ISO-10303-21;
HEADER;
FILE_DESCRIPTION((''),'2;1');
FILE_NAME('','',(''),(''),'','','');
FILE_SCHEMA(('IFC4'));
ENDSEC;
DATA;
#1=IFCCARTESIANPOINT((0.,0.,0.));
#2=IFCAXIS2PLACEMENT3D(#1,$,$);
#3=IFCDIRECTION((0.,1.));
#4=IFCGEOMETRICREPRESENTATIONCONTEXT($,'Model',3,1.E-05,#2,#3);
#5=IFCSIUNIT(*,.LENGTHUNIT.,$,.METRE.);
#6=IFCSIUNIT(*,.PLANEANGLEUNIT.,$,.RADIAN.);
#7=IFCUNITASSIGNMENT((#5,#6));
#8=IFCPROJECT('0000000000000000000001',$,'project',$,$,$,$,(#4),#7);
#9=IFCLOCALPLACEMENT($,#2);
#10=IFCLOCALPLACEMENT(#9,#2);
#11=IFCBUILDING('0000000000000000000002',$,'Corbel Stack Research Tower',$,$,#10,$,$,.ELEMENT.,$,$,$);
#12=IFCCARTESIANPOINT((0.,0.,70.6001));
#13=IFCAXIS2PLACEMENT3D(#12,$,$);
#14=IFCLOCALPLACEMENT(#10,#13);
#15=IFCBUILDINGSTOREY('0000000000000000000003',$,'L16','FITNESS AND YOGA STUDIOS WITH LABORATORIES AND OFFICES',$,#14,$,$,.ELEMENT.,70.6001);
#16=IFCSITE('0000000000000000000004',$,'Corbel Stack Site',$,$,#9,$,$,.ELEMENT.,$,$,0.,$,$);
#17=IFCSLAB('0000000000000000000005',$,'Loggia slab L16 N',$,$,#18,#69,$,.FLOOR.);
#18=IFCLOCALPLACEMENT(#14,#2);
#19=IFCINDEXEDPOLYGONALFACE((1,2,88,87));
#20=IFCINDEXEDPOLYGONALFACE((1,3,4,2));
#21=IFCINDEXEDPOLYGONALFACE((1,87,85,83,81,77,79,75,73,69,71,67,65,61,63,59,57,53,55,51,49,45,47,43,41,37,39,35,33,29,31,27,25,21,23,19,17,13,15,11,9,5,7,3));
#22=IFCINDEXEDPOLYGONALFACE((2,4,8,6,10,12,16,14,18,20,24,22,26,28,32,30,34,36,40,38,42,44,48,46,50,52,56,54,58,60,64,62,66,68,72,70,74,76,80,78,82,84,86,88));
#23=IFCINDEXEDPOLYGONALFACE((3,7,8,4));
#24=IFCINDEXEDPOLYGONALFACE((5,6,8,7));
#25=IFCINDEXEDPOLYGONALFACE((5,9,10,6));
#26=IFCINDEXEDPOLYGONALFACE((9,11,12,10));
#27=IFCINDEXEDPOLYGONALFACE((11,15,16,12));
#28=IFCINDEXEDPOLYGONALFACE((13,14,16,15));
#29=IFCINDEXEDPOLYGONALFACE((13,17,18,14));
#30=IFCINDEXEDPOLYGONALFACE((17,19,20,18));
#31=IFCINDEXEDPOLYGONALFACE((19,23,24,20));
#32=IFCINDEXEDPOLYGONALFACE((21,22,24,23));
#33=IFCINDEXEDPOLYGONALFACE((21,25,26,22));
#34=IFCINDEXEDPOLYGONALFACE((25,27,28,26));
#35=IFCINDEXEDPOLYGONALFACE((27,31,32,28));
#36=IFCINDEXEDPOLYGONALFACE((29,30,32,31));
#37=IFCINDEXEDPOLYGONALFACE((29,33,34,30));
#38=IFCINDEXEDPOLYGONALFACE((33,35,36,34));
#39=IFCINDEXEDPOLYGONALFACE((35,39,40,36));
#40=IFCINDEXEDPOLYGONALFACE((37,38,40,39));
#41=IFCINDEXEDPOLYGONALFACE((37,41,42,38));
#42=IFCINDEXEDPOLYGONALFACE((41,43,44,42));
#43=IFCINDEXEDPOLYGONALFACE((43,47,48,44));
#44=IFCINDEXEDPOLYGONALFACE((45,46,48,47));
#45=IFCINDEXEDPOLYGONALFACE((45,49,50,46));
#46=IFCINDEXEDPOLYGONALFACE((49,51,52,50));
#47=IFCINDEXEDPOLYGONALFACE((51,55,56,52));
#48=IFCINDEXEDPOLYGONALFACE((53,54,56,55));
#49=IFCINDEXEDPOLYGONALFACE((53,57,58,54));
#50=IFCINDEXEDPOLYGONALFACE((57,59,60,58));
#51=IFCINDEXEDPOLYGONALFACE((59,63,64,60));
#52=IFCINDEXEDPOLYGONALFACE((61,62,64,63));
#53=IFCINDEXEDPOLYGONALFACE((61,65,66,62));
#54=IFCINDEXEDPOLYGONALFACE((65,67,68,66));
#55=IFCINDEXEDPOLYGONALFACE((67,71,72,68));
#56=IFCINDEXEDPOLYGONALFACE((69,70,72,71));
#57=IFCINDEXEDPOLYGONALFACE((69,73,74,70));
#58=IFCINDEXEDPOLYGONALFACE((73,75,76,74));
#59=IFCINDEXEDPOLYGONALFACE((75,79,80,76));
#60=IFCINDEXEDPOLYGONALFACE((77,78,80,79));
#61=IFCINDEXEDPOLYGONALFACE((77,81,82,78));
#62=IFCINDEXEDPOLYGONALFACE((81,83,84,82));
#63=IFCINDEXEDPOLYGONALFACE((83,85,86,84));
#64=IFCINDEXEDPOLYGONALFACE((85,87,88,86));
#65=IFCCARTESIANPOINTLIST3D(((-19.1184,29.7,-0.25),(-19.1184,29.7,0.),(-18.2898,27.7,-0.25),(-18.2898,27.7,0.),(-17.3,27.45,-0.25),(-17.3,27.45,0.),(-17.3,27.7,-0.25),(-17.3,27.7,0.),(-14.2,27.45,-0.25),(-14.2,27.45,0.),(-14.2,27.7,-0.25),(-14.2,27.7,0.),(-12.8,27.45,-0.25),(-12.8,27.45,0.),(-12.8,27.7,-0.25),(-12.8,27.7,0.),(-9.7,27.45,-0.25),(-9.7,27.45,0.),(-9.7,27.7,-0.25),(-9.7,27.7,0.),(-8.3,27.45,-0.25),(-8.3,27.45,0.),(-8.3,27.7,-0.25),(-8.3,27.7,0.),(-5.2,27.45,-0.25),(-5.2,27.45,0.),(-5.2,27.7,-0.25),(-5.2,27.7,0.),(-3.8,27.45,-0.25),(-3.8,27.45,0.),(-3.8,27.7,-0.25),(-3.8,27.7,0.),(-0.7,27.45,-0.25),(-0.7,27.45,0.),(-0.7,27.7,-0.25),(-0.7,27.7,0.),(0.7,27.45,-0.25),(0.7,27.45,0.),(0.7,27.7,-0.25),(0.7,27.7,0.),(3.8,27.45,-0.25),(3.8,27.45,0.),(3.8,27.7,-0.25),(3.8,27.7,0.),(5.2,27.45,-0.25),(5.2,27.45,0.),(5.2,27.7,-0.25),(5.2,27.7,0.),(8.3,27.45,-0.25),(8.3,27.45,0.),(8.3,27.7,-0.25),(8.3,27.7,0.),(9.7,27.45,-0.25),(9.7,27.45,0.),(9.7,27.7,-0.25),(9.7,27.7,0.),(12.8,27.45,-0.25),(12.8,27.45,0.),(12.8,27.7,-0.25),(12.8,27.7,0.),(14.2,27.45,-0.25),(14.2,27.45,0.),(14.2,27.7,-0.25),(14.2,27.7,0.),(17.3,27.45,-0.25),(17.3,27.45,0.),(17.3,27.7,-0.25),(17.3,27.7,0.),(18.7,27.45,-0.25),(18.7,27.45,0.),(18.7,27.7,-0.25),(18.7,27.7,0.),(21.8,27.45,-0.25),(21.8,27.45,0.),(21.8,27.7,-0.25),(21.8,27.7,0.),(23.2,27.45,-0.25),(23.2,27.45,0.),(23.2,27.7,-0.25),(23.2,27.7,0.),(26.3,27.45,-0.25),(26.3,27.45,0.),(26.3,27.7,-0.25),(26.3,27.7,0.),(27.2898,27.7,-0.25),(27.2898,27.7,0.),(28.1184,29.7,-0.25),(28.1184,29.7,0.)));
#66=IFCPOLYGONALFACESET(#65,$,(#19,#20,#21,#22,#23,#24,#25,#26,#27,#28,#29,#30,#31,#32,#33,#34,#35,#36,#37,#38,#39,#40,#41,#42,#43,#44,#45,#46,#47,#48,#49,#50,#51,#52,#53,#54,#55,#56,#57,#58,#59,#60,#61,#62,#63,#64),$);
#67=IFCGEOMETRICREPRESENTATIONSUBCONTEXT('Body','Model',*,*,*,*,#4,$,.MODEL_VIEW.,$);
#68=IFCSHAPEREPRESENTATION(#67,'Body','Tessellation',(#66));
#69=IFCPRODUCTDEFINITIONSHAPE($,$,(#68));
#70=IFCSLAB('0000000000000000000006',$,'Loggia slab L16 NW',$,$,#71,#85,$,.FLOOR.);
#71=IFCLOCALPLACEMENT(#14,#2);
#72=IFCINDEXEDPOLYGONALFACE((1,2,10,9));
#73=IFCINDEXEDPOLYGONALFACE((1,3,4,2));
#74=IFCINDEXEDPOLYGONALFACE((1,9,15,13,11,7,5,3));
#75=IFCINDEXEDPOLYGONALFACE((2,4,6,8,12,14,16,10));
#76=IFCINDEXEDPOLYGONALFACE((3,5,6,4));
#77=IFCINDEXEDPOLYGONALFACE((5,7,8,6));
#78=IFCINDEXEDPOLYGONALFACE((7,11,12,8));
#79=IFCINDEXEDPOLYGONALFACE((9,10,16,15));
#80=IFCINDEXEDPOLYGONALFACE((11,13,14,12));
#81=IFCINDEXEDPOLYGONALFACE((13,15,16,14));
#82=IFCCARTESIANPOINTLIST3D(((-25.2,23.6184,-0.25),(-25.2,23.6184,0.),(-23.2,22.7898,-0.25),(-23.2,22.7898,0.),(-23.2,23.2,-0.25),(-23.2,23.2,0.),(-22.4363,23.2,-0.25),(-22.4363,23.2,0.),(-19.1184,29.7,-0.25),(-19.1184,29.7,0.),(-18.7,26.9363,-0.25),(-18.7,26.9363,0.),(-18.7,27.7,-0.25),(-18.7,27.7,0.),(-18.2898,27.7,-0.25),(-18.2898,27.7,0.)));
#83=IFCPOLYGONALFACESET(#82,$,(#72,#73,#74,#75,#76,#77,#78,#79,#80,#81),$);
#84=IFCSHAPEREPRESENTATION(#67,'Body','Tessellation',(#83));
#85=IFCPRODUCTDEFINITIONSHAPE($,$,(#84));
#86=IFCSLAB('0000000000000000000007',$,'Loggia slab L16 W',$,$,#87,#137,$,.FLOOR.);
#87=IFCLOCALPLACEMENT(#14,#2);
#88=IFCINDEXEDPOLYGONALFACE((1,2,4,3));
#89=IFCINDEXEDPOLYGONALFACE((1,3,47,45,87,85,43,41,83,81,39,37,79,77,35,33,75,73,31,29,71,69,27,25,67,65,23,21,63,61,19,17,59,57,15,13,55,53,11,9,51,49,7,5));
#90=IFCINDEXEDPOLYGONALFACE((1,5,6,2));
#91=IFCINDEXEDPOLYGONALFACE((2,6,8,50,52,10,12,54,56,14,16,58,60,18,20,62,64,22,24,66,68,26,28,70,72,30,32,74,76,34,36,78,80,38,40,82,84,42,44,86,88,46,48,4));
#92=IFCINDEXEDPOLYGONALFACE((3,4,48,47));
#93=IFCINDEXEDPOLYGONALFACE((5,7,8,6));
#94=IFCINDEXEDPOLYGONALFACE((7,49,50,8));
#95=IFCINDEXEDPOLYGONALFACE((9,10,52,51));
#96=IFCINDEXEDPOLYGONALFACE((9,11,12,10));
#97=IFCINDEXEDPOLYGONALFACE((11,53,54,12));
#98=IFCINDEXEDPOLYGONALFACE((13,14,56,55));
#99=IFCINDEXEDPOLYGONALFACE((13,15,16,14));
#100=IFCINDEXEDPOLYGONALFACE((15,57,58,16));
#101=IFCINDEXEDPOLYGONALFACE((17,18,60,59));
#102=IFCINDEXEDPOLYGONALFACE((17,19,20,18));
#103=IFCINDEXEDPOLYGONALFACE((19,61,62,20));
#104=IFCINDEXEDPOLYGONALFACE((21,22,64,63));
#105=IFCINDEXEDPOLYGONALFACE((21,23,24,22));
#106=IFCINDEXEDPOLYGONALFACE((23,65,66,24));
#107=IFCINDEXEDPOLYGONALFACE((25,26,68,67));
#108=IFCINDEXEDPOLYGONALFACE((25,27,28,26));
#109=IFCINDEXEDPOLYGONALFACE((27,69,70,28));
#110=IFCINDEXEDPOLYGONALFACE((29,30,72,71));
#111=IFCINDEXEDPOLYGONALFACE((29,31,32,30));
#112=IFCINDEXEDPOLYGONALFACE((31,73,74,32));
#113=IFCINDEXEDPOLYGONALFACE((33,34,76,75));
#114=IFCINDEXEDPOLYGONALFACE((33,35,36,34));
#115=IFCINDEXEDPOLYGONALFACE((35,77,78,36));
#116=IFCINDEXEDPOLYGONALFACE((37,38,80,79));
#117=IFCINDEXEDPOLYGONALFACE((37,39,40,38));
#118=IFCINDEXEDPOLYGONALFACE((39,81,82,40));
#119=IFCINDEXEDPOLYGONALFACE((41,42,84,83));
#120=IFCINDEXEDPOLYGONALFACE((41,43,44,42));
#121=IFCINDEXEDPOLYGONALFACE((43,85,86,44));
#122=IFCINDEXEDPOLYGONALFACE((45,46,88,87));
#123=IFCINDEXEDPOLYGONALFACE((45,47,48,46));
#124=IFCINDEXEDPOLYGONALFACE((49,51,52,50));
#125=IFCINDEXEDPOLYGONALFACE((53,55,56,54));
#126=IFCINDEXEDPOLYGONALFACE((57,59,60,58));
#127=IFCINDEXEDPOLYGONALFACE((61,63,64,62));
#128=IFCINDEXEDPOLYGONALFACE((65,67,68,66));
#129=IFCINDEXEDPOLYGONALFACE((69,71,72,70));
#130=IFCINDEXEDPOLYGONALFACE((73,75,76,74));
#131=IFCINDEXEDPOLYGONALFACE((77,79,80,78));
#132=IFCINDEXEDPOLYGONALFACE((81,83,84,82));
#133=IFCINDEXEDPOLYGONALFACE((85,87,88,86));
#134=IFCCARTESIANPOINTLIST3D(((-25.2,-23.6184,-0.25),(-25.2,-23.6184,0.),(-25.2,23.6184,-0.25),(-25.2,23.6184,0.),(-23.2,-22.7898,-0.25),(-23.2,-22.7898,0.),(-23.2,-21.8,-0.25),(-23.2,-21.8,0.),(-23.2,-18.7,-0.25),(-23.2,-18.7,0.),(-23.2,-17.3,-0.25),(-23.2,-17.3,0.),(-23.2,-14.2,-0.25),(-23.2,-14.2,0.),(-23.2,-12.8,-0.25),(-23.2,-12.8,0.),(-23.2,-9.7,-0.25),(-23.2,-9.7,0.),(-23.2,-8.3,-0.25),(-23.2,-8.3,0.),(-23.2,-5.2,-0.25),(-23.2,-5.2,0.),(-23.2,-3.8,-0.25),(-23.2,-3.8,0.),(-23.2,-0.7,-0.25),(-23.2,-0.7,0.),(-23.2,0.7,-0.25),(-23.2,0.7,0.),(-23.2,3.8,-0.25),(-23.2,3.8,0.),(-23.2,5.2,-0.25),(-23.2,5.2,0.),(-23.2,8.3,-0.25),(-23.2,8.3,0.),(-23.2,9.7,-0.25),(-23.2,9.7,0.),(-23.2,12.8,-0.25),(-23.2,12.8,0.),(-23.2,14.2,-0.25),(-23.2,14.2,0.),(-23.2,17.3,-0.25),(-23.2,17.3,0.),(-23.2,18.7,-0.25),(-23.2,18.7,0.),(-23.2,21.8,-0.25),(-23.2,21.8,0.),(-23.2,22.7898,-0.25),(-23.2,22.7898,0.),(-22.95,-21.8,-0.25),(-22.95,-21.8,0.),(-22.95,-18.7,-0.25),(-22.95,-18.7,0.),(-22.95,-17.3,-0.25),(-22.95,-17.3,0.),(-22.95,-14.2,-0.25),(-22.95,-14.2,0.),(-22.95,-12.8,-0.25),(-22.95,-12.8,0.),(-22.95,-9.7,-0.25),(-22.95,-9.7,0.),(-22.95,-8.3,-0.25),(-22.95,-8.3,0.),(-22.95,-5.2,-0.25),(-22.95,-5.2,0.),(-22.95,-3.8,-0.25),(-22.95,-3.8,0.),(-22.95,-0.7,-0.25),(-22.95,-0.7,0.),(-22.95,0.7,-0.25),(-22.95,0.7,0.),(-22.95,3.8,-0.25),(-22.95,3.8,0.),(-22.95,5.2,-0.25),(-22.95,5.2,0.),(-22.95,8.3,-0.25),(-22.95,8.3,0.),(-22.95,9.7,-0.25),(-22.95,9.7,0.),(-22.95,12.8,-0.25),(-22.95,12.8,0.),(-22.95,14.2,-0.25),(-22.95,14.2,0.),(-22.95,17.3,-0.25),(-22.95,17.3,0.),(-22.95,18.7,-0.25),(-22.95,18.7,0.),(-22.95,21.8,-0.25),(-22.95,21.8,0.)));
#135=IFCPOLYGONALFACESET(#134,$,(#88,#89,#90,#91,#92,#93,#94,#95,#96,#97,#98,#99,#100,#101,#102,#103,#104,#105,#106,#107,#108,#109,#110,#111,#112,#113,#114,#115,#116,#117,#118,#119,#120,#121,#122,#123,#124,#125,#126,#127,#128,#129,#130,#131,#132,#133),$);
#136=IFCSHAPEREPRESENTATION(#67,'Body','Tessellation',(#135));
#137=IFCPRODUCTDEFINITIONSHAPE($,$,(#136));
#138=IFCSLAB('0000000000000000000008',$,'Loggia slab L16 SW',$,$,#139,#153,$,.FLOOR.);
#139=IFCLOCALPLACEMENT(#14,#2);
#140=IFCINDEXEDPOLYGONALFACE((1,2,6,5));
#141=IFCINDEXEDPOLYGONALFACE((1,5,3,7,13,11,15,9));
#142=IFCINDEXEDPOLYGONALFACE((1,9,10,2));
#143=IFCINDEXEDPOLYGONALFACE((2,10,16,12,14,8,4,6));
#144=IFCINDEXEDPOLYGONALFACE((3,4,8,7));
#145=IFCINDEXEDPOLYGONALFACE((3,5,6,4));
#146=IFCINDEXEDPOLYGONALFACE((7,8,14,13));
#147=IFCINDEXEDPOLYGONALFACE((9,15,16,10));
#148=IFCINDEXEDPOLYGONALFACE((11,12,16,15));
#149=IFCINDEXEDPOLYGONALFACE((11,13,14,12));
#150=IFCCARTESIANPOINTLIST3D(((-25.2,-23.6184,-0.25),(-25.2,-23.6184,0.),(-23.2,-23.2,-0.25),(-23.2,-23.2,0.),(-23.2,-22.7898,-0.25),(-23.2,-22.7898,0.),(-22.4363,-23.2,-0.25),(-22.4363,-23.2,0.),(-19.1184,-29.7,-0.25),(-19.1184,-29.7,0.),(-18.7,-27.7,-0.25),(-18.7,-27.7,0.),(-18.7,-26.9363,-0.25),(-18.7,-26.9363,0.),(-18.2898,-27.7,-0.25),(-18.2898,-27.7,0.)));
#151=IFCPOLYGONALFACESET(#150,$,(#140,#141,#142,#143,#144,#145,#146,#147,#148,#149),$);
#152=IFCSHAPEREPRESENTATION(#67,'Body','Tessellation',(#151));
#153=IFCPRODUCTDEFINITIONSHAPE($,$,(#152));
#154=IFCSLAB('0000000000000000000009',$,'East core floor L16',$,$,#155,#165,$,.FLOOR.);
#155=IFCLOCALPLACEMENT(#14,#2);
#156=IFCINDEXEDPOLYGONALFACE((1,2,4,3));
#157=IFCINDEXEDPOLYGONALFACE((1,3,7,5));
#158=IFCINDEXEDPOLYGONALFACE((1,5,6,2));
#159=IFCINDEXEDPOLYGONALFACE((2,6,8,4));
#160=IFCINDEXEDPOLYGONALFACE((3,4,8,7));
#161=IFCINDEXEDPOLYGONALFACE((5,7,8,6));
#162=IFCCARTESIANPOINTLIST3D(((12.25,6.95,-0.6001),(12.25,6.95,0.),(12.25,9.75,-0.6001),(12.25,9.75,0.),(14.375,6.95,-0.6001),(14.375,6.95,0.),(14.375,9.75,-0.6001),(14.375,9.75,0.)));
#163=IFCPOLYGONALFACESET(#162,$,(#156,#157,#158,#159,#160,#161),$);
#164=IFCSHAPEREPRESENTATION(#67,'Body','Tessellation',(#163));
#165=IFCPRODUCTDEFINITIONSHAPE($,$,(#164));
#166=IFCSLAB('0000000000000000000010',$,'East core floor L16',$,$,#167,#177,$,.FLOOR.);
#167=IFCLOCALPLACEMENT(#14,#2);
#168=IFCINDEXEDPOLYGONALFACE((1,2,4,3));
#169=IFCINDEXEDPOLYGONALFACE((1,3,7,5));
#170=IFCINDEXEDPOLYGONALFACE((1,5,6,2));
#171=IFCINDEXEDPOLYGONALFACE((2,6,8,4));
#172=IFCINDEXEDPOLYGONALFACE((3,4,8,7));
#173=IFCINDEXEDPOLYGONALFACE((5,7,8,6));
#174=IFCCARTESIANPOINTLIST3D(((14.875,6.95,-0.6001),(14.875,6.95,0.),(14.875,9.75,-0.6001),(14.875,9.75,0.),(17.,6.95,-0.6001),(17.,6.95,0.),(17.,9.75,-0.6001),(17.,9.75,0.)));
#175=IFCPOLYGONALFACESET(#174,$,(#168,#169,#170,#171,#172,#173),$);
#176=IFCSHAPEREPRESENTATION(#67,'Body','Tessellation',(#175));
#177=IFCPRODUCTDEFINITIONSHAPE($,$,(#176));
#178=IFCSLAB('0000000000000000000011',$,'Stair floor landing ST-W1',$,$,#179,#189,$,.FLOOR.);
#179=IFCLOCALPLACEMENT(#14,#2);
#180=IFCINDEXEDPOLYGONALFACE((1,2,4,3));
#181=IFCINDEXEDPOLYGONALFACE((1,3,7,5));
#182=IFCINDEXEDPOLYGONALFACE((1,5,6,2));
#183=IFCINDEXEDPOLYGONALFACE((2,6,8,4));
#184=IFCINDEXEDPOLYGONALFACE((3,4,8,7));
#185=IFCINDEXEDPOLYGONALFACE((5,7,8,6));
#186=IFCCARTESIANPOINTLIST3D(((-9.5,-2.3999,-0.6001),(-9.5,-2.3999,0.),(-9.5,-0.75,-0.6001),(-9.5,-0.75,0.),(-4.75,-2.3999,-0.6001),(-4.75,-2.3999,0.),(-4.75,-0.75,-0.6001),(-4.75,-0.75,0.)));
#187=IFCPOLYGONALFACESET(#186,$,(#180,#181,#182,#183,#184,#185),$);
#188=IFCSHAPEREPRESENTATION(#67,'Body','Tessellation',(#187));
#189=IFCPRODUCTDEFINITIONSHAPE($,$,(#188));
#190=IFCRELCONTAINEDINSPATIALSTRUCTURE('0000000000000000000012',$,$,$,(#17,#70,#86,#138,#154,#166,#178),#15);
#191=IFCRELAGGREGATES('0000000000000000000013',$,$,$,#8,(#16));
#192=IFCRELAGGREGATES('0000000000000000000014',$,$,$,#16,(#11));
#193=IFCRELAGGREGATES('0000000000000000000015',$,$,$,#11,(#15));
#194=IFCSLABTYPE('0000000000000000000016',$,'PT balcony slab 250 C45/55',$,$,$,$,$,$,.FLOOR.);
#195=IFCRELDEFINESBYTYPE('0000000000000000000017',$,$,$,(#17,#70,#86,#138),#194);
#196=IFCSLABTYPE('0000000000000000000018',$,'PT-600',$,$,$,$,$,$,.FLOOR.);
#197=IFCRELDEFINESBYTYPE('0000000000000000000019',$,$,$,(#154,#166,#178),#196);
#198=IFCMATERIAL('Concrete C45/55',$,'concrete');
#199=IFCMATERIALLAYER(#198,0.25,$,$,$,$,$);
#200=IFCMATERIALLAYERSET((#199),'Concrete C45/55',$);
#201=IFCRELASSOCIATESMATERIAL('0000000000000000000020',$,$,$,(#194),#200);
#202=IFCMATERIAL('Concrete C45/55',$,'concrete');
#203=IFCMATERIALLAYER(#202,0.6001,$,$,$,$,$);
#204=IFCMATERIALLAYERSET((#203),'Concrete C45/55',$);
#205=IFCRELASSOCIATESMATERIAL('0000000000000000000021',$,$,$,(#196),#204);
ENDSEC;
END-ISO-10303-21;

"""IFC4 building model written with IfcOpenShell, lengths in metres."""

from ifc_helpers import new_model, si_unit, direction, frame, origin, place, context, subcontext, project, spatial, polyline, outline, extrude, material, layer, layer_set, type_object, element, save


model = new_model("IFC4")

# Units and contexts
model_context = context("Model", 3, precision=1e-05, world=origin(), true_north=direction((0.0, 1.0)))
body_context = subcontext(model_context, "Body", "Model", "MODEL_VIEW")
ifc_project = project(units=[si_unit("LENGTHUNIT", "METRE"), si_unit("PLANEANGLEUNIT", "RADIAN")], contexts=[model_context])

# Site, building, storey
site_placement = place(None, origin())
site = spatial("IfcSite", under=ifc_project, at=site_placement, Name="Corbel Stack Site", CompositionType="ELEMENT", RefElevation=0.0)
building_placement = place(site_placement, origin())
building = spatial("IfcBuilding", under=site, at=building_placement, Name="Corbel Stack Research Tower", CompositionType="ELEMENT")
storey_placement = place(building_placement, frame((0.0, 0.0, 70.6001)))
storey = spatial("IfcBuildingStorey", under=building, at=storey_placement, Name="L16", Description="FITNESS AND YOGA STUDIOS WITH LABORATORIES AND OFFICES", CompositionType="ELEMENT", Elevation=70.6001)

# Slabs
ifc_material_1 = material(Name="Concrete C45/55", Category="concrete")
ifc_layer_1 = layer(ifc_material_1, 0.25)
ifc_layer_set_1 = layer_set([ifc_layer_1], Name="Concrete C45/55")
slab_type_1 = type_object("IfcSlabType", Name="PT balcony slab 250 C45/55", PredefinedType="FLOOR", material=ifc_layer_set_1)
slab_1_placement = place(storey_placement, frame((0.0, 0.0, -0.25)))
element("IfcSlab", 1, at=slab_1_placement, inside=storey, type_object=slab_type_1, Name="Loggia slab L16 N", PredefinedType="FLOOR", context=body_context, shape_type="SweptSolid", body=[
    extrude(outline(polyline([(-18.2898, 27.7), (-17.3, 27.7), (-17.3, 27.45), (-14.2, 27.45), (-14.2, 27.7), (-12.8, 27.7), (-12.8, 27.45), (-9.7, 27.45), (-9.7, 27.7), (-8.3, 27.7), (-8.3, 27.45), (-5.2, 27.45), (-5.2, 27.7), (-3.8, 27.7), (-3.8, 27.45), (-0.7, 27.45), (-0.7, 27.7), (0.7, 27.7), (0.7, 27.45), (3.8, 27.45), (3.8, 27.7), (5.2, 27.7), (5.2, 27.45), (8.3, 27.45), (8.3, 27.7), (9.7, 27.7), (9.7, 27.45), (12.8, 27.45), (12.8, 27.7), (14.2, 27.7), (14.2, 27.45), (17.3, 27.45), (17.3, 27.7), (18.7, 27.7), (18.7, 27.45), (21.8, 27.45), (21.8, 27.7), (23.2, 27.7), (23.2, 27.45), (26.3, 27.45), (26.3, 27.7), (27.2898, 27.7), (28.1184, 29.7), (-19.1184, 29.7), (-18.2898, 27.7)])), origin(), (0.0, 0.0, 1.0), 0.25),
])
slab_2_placement = place(storey_placement, frame((0.0, 0.0, -0.25)))
element("IfcSlab", 2, at=slab_2_placement, inside=storey, type_object=slab_type_1, Name="Loggia slab L16 NW", PredefinedType="FLOOR", context=body_context, shape_type="SweptSolid", body=[
    extrude(outline(polyline([(-23.2, 22.7898), (-23.2, 23.2), (-22.4363, 23.2), (-18.7, 26.9363), (-18.7, 27.7), (-18.2898, 27.7), (-19.1184, 29.7), (-25.2, 23.6184), (-23.2, 22.7898)])), origin(), (0.0, 0.0, 1.0), 0.25),
])
slab_3_placement = place(storey_placement, frame((0.0, 0.0, -0.25)))
element("IfcSlab", 3, at=slab_3_placement, inside=storey, type_object=slab_type_1, Name="Loggia slab L16 W", PredefinedType="FLOOR", context=body_context, shape_type="SweptSolid", body=[
    extrude(outline(polyline([(-23.2, -22.7898), (-23.2, -21.8), (-22.95, -21.8), (-22.95, -18.7), (-23.2, -18.7), (-23.2, -17.3), (-22.95, -17.3), (-22.95, -14.2), (-23.2, -14.2), (-23.2, -12.8), (-22.95, -12.8), (-22.95, -9.7), (-23.2, -9.7), (-23.2, -8.3), (-22.95, -8.3), (-22.95, -5.2), (-23.2, -5.2), (-23.2, -3.8), (-22.95, -3.8), (-22.95, -0.7), (-23.2, -0.7), (-23.2, 0.7), (-22.95, 0.7), (-22.95, 3.8), (-23.2, 3.8), (-23.2, 5.2), (-22.95, 5.2), (-22.95, 8.3), (-23.2, 8.3), (-23.2, 9.7), (-22.95, 9.7), (-22.95, 12.8), (-23.2, 12.8), (-23.2, 14.2), (-22.95, 14.2), (-22.95, 17.3), (-23.2, 17.3), (-23.2, 18.7), (-22.95, 18.7), (-22.95, 21.8), (-23.2, 21.8), (-23.2, 22.7898), (-25.2, 23.6184), (-25.2, -23.6184), (-23.2, -22.7898)])), origin(), (0.0, 0.0, 1.0), 0.25),
])
slab_4_placement = place(storey_placement, frame((0.0, 0.0, -0.25)))
element("IfcSlab", 4, at=slab_4_placement, inside=storey, type_object=slab_type_1, Name="Loggia slab L16 SW", PredefinedType="FLOOR", context=body_context, shape_type="SweptSolid", body=[
    extrude(outline(polyline([(-18.2898, -27.7), (-18.7, -27.7), (-18.7, -26.9363), (-22.4363, -23.2), (-23.2, -23.2), (-23.2, -22.7898), (-25.2, -23.6184), (-19.1184, -29.7), (-18.2898, -27.7)])), origin(), (0.0, 0.0, 1.0), 0.25),
])
ifc_material_2 = material(Name="Concrete C45/55", Category="concrete")
ifc_layer_2 = layer(ifc_material_2, 0.6001)
ifc_layer_set_2 = layer_set([ifc_layer_2], Name="Concrete C45/55")
slab_type_2 = type_object("IfcSlabType", Name="PT-600", PredefinedType="FLOOR", material=ifc_layer_set_2)
slab_5_placement = place(storey_placement, frame((0.0, 0.0, -0.6001)))
element("IfcSlab", 5, at=slab_5_placement, inside=storey, type_object=slab_type_2, Name="East core floor L16", PredefinedType="FLOOR", context=body_context, shape_type="SweptSolid", body=[
    extrude(outline(polyline([(14.375, 6.95), (14.375, 9.75), (12.25, 9.75), (12.25, 6.95), (14.375, 6.95)])), origin(), (0.0, 0.0, 1.0), 0.6001),
])
slab_6_placement = place(storey_placement, frame((0.0, 0.0, -0.6001)))
element("IfcSlab", 6, at=slab_6_placement, inside=storey, type_object=slab_type_2, Name="East core floor L16", PredefinedType="FLOOR", context=body_context, shape_type="SweptSolid", body=[
    extrude(outline(polyline([(17.0, 6.95), (17.0, 9.75), (14.875, 9.75), (14.875, 6.95), (17.0, 6.95)])), origin(), (0.0, 0.0, 1.0), 0.6001),
])
slab_7_placement = place(storey_placement, frame((0.0, 0.0, -0.6001)))
element("IfcSlab", 7, at=slab_7_placement, inside=storey, type_object=slab_type_2, Name="Stair floor landing ST-W1", PredefinedType="FLOOR", context=body_context, shape_type="SweptSolid", body=[
    extrude(outline(polyline([(-9.5, -2.3999), (-4.75, -2.3999), (-4.75, -0.75), (-9.5, -0.75), (-9.5, -2.3999)])), origin(), (0.0, 0.0, 1.0), 0.6001),
])

save(model, "model.ifc")
